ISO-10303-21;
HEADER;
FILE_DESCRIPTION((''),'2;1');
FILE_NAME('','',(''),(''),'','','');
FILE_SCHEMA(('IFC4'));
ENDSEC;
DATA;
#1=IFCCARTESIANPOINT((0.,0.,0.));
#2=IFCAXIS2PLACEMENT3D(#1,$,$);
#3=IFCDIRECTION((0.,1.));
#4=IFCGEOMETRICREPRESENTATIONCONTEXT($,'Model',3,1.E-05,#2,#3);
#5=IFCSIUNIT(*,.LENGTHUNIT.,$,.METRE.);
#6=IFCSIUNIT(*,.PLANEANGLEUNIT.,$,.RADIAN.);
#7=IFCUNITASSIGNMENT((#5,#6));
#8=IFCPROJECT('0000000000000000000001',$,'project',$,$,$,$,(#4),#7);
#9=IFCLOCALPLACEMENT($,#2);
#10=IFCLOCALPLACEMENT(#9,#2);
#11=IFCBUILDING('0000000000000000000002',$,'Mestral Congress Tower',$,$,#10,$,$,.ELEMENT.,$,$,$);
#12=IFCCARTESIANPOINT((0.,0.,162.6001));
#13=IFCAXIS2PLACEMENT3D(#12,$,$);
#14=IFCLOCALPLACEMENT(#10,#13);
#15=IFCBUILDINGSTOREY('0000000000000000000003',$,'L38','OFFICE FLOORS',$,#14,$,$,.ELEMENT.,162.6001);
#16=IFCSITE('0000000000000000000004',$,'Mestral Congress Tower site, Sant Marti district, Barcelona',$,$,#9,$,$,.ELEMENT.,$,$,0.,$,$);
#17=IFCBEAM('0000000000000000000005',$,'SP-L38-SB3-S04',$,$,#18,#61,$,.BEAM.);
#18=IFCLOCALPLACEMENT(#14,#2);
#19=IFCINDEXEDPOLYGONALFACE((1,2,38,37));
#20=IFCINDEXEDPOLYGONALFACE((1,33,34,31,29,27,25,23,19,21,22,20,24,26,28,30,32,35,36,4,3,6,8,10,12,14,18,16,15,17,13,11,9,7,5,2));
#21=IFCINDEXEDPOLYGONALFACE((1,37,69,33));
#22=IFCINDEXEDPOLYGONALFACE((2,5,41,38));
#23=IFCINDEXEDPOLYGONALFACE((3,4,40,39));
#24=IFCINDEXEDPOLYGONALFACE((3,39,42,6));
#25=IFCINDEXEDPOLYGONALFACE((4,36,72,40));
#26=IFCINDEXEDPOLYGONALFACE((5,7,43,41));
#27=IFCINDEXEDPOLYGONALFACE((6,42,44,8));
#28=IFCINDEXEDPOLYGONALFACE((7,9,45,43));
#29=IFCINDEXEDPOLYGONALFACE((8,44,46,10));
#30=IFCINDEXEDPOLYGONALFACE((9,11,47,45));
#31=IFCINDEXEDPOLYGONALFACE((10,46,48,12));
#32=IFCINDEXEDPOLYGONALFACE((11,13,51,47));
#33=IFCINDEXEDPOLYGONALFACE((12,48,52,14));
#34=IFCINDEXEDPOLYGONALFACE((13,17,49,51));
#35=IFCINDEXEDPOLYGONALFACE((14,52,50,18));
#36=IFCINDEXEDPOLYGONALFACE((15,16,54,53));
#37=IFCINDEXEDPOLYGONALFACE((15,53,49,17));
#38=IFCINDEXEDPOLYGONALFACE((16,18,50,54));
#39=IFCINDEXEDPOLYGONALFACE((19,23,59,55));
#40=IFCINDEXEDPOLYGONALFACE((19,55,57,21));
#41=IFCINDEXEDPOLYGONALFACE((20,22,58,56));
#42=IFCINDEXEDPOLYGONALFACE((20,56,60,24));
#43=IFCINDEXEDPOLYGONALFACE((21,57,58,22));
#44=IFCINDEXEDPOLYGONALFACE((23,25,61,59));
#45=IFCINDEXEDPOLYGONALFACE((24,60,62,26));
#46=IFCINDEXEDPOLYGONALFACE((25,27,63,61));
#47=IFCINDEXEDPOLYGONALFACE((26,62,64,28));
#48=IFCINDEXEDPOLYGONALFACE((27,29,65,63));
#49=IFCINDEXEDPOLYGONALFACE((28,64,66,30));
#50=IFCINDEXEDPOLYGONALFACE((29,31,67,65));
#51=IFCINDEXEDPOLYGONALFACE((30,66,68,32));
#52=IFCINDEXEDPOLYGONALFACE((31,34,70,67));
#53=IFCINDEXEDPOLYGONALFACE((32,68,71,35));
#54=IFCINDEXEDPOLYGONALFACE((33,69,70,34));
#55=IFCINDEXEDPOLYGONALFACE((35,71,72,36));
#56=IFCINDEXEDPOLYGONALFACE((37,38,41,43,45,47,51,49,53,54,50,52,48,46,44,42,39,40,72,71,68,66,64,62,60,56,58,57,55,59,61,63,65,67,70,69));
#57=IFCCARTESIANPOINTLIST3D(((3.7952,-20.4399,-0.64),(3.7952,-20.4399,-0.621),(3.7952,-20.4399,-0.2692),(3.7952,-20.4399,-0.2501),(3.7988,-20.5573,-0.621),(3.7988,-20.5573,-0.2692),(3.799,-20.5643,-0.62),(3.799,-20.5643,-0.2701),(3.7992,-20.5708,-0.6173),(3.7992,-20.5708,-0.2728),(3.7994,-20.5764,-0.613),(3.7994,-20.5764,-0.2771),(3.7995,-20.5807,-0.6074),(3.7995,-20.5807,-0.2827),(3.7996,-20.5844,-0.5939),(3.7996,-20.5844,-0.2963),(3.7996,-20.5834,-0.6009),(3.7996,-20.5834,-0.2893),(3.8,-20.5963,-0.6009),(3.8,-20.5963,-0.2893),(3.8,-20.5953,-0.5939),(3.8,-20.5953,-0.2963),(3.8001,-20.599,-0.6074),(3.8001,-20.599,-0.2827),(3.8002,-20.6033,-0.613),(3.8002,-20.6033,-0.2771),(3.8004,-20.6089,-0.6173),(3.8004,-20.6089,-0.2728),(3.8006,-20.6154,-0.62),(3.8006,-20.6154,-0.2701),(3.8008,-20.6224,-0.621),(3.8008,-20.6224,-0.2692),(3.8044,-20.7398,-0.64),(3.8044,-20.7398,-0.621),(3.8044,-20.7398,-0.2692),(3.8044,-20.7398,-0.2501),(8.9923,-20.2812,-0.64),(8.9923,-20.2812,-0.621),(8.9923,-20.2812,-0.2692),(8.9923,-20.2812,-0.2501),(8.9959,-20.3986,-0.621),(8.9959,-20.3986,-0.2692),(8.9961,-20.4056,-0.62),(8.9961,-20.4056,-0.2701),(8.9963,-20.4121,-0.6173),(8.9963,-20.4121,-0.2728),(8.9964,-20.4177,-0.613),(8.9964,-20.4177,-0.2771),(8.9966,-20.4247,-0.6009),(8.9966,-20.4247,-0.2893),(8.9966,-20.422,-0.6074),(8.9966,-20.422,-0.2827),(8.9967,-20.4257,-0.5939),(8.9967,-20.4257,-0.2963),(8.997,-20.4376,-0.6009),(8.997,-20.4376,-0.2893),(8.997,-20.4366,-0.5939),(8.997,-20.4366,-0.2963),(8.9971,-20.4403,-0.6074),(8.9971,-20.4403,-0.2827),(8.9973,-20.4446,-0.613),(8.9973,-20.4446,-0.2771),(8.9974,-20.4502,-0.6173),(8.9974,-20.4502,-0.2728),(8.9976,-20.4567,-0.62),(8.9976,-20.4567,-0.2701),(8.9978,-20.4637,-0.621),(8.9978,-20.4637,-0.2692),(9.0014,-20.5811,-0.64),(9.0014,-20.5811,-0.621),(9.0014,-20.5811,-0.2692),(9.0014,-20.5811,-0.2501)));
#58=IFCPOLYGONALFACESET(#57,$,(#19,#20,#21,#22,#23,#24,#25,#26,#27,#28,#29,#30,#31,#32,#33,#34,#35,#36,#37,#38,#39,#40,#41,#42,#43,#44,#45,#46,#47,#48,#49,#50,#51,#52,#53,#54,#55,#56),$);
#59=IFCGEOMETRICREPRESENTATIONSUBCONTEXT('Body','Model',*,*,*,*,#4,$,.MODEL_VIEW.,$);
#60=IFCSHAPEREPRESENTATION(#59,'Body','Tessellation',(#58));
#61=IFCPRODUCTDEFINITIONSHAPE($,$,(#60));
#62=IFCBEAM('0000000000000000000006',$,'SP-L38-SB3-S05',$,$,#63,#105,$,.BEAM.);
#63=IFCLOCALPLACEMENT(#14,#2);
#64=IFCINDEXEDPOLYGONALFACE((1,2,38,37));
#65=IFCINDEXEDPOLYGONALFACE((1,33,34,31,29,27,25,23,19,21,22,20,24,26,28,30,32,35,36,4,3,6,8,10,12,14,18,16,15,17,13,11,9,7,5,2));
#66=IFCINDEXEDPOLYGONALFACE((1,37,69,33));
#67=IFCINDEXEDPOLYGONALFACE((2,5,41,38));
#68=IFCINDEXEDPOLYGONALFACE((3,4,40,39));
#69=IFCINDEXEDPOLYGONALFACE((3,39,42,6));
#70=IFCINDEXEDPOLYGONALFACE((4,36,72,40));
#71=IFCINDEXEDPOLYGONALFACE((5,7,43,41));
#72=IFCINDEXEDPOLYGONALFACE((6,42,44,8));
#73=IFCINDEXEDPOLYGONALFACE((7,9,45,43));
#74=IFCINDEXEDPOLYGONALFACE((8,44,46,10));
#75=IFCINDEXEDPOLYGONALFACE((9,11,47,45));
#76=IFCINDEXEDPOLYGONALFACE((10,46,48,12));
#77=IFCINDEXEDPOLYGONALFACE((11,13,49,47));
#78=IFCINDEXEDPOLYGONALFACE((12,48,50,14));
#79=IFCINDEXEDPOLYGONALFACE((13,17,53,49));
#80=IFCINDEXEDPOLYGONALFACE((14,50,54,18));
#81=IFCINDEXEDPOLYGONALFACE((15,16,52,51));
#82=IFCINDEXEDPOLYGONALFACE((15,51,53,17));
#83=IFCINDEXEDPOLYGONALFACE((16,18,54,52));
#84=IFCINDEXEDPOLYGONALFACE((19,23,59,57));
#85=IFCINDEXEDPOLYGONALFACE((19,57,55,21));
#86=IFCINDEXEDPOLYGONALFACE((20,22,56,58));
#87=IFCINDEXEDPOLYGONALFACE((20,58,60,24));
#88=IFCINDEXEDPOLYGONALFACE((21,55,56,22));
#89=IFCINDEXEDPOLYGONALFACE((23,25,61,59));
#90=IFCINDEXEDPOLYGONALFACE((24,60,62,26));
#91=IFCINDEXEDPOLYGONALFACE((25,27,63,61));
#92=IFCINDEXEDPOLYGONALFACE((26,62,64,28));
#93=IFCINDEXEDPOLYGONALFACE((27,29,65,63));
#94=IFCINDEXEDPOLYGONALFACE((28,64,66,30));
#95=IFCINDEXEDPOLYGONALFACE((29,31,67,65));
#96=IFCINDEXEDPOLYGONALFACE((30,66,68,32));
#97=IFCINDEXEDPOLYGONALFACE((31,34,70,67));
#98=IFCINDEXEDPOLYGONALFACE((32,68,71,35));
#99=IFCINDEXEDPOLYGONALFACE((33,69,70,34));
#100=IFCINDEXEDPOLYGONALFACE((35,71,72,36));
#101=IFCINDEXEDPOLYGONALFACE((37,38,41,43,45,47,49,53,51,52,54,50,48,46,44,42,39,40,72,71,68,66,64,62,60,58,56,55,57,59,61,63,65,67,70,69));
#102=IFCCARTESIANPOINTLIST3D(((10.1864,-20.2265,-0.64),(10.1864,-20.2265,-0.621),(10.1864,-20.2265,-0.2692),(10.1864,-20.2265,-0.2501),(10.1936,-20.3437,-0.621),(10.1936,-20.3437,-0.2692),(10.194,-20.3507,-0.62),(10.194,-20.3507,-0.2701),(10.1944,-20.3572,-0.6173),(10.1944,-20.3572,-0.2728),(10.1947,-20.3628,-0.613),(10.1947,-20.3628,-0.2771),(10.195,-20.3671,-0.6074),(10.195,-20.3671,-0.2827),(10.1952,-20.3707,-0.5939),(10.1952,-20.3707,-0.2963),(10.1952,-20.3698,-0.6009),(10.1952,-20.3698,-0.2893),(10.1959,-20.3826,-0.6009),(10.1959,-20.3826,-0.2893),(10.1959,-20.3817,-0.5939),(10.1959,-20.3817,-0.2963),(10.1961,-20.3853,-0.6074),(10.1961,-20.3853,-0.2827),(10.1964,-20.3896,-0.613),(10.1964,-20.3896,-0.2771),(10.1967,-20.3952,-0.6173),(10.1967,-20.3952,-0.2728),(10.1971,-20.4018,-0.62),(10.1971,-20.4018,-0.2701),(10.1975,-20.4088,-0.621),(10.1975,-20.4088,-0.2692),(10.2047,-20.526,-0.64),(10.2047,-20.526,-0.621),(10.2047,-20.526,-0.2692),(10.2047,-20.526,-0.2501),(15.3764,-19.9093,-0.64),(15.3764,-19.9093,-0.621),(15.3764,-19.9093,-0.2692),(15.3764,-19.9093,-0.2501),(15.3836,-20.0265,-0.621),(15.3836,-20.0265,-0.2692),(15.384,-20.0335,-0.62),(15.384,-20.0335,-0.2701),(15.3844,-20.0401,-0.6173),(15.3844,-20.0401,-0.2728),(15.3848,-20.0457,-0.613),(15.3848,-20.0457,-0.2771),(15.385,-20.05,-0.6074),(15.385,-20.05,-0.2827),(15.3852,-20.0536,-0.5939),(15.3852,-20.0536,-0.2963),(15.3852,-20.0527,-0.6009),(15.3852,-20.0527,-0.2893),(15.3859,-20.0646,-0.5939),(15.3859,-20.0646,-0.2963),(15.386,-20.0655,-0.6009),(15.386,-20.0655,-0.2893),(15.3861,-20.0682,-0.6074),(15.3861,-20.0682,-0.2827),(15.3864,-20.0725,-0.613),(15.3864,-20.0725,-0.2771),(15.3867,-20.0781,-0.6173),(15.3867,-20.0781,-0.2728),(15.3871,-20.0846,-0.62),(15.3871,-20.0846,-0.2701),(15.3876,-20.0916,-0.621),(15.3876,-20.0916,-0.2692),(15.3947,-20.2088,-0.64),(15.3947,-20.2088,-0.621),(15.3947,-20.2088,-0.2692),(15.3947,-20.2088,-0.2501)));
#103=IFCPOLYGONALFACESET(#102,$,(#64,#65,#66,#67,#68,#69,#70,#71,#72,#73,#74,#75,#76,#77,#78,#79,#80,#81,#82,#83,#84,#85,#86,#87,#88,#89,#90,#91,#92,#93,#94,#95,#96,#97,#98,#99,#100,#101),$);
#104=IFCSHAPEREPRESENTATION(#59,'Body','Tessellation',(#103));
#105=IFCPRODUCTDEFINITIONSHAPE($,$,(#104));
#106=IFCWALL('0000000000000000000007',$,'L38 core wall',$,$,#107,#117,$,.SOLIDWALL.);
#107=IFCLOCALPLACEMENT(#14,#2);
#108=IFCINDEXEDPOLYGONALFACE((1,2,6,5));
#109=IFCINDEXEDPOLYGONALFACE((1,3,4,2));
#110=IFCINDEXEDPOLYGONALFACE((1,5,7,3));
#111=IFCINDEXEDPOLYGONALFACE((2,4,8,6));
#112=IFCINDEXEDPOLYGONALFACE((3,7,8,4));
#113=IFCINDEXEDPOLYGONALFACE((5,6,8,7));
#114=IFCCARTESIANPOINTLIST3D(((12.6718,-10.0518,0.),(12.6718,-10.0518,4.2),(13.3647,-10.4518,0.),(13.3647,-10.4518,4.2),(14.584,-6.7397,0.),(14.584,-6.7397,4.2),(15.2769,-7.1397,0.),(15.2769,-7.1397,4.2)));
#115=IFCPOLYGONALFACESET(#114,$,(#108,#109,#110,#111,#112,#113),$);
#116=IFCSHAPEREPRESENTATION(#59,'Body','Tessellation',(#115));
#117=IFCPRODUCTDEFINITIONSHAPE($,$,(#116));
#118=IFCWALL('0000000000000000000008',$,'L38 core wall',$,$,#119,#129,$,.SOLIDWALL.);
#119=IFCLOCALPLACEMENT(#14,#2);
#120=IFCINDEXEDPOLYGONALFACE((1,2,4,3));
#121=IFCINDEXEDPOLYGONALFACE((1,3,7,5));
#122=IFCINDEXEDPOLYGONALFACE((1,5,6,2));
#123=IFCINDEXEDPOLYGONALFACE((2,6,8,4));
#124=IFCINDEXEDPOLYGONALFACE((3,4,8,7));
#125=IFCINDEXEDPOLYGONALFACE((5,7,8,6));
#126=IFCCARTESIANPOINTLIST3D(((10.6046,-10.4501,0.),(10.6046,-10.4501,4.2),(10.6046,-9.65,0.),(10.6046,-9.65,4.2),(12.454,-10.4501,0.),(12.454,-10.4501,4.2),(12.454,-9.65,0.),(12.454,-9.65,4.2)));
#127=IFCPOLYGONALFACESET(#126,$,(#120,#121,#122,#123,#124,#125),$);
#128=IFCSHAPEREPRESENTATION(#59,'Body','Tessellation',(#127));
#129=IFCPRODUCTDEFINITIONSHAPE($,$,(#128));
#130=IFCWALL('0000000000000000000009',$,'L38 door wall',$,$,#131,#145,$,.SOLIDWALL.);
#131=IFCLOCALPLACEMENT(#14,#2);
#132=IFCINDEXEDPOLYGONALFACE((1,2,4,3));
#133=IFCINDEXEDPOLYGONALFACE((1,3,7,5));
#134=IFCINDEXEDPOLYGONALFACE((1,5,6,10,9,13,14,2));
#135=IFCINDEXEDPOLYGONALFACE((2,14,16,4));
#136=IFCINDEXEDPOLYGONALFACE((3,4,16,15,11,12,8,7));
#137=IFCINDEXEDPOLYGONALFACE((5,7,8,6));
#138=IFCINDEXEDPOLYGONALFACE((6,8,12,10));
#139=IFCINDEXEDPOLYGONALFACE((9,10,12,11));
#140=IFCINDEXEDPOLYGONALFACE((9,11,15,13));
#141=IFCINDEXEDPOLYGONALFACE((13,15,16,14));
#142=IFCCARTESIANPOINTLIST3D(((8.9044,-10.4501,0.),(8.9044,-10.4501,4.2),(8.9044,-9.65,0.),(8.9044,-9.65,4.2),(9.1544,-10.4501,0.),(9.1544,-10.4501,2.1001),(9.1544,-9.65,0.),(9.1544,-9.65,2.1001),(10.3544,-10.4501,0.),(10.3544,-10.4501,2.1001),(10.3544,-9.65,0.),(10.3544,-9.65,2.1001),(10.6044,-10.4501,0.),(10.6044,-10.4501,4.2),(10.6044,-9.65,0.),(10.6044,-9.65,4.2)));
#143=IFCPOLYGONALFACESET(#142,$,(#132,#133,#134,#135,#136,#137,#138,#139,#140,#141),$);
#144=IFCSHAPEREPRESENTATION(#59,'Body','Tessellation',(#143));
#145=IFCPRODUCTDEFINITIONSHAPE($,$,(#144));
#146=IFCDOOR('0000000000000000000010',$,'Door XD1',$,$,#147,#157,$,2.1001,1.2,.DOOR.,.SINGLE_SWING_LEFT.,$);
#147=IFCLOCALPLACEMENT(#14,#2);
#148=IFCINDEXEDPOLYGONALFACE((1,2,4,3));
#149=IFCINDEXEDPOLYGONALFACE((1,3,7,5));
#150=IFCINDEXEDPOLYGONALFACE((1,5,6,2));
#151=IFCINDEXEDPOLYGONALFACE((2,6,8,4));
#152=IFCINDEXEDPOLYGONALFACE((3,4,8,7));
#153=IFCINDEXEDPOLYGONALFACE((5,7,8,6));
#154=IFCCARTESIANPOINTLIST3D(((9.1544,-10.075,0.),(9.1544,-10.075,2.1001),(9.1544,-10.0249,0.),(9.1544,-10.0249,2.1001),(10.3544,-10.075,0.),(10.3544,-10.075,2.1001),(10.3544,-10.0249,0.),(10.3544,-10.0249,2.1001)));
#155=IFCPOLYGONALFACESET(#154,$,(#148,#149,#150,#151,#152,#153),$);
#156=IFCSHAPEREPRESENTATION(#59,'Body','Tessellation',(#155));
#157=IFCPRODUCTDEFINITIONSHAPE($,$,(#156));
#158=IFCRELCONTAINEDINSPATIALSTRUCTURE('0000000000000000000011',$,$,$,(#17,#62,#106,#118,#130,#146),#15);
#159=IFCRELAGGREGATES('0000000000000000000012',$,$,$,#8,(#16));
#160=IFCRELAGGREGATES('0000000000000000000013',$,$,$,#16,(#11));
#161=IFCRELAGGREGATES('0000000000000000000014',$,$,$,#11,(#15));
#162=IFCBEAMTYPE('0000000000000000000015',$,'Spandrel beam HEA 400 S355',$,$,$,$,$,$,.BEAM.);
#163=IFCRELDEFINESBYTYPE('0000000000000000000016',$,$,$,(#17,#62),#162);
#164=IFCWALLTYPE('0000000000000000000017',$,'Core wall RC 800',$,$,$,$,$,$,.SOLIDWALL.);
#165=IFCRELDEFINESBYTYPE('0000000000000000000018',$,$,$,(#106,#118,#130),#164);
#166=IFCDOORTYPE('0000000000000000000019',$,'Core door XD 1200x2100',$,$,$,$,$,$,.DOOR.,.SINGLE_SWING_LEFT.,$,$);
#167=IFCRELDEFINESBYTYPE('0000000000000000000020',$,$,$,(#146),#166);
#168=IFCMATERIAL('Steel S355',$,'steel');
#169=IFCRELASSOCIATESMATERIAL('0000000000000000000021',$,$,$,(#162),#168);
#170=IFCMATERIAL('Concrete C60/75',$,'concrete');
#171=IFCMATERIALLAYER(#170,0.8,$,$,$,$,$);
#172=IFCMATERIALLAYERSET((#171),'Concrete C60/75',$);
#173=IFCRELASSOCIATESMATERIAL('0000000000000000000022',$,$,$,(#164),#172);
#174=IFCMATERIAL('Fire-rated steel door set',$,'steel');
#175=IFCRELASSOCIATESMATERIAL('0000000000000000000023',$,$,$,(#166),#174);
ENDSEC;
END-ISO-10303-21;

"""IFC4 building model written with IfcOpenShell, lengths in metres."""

from ifc_helpers import new_model, si_unit, direction, frame, frame_2d, origin, origin_2d, place, context, subcontext, project, spatial, rectangle, i_section, extrude, material, layer, layer_set, material_profile, profile_set, type_object, element, fill, save


model = new_model("IFC4")

# Units and contexts
model_context = context("Model", 3, precision=1e-05, world=origin(), true_north=direction((0.0, 1.0)))
body_context = subcontext(model_context, "Body", "Model", "MODEL_VIEW")
ifc_project = project(units=[si_unit("LENGTHUNIT", "METRE"), si_unit("PLANEANGLEUNIT", "RADIAN")], contexts=[model_context])

# Site, building, storey
site_placement = place(None, origin())
site = spatial("IfcSite", under=ifc_project, at=site_placement, Name="Mestral Congress Tower site, Sant Marti district, Barcelona", CompositionType="ELEMENT", RefElevation=0.0)
building_placement = place(site_placement, origin())
building = spatial("IfcBuilding", under=site, at=building_placement, Name="Mestral Congress Tower", CompositionType="ELEMENT")
storey_placement = place(building_placement, frame((0.0, 0.0, 162.6001)))
storey = spatial("IfcBuildingStorey", under=building, at=storey_placement, Name="L38", Description="OFFICE FLOORS", CompositionType="ELEMENT", Elevation=162.6001)

# Shared definitions
ifc_material_1 = material(Name="Concrete C60/75", Category="concrete")

# Beams
ifc_material_2 = material(Name="Steel S355", Category="steel")
ifc_material_profile_1 = material_profile(ifc_material_2, i_section(OverallWidth=0.3, OverallDepth=0.3899, WebThickness=0.011, FlangeThickness=0.019, FilletRadius=0.0271, at=origin_2d()), Name="HEA 400")
ifc_profile_set_1 = profile_set([ifc_material_profile_1], Name="Steel S355")
beam_type_1 = type_object("IfcBeamType", Name="Spandrel beam HEA 400 S355", PredefinedType="BEAM", material=ifc_profile_set_1)
beam_1_placement = place(storey_placement, frame((3.7998, -20.5898, -0.4451), z_axis=(0.999534, 0.030521, 0.0), x_axis=(-0.030521, 0.999534, 0.0)))
element("IfcBeam", 1, at=beam_1_placement, inside=storey, type_object=beam_type_1, Name="SP-L38-SB3-S04", PredefinedType="BEAM", context=body_context, shape_type="SweptSolid", body=[
    extrude(i_section(OverallWidth=0.3, OverallDepth=0.3899, WebThickness=0.011, FlangeThickness=0.019, FilletRadius=0.0271, at=origin_2d()), origin(), (0.0, 0.0, 1.0), 5.1995),
])
beam_2_placement = place(storey_placement, frame((10.1956, -20.3762, -0.4451), z_axis=(0.998138, 0.060993, 0.0), x_axis=(-0.060993, 0.998138, 0.0)))
element("IfcBeam", 2, at=beam_2_placement, inside=storey, type_object=beam_type_1, Name="SP-L38-SB3-S05", PredefinedType="BEAM", context=body_context, shape_type="SweptSolid", body=[
    extrude(i_section(OverallWidth=0.3, OverallDepth=0.3899, WebThickness=0.011, FlangeThickness=0.019, FilletRadius=0.0271, at=origin_2d()), origin(), (0.0, 0.0, 1.0), 5.1997),
])

# Walls
ifc_layer_1 = layer(ifc_material_1, 0.8)
ifc_layer_set_1 = layer_set([ifc_layer_1], Name="Concrete C60/75")
wall_type_1 = type_object("IfcWallType", Name="Core wall RC 800", PredefinedType="SOLIDWALL", material=ifc_layer_set_1)
wall_1_placement = place(storey_placement, frame((13.0183, -10.2517, 0.0), z_axis=(0.0, 0.0, 1.0), x_axis=(0.499984, 0.866035, 0.0)))
element("IfcWall", 3, at=wall_1_placement, inside=storey, type_object=wall_type_1, Name="L38 core wall", PredefinedType="SOLIDWALL", context=body_context, shape_type="SweptSolid", body=[
    extrude(rectangle(XDim=3.8245, YDim=0.8, at=frame_2d((1.9121, 0.0))), origin(), (0.0, 0.0, 1.0), 4.2),
])
wall_2_placement = place(storey_placement, frame((10.6045, -10.05, 0.0), z_axis=(0.0, 0.0, 1.0), x_axis=(1.0, 0.0, 0.0)))
element("IfcWall", 4, at=wall_2_placement, inside=storey, type_object=wall_type_1, Name="L38 core wall", PredefinedType="SOLIDWALL", context=body_context, shape_type="SweptSolid", body=[
    extrude(rectangle(XDim=1.8494, YDim=0.8, at=frame_2d((0.9248, 0.0))), origin(), (0.0, 0.0, 1.0), 4.2),
])

# Wall, opening, door
wall_3_placement = place(storey_placement, frame((10.6045, -10.05, 0.0), z_axis=(0.0, 0.0, 1.0), x_axis=(-1.0, 0.0, 0.0)))
wall_3 = element("IfcWall", 5, at=wall_3_placement, inside=storey, type_object=wall_type_1, Name="L38 door wall", PredefinedType="SOLIDWALL", context=body_context, shape_type="SweptSolid", body=[
    extrude(rectangle(XDim=1.7, YDim=0.8, at=frame_2d((0.8501, 0.0))), origin(), (0.0, 0.0, 1.0), 4.2),
])
opening_1_placement = place(wall_3_placement, frame((0.25, 0.0, 0.0)))
opening_1 = element("IfcOpeningElement", 6, at=opening_1_placement, cuts=wall_3, PredefinedType="OPENING", context=body_context, shape_type="SweptSolid", body=[
    extrude(rectangle(XDim=1.2, YDim=2.1001, at=frame_2d((0.6001, 1.05))), frame((0.0, 0.4099, 0.0), z_axis=(0.0, -1.0, 0.0), x_axis=(1.0, 0.0, 0.0)), (0.0, 0.0, 1.0), 0.8201),
])
ifc_material_3 = material(Name="Fire-rated steel door set", Category="steel")
door_type_1 = type_object("IfcDoorType", Name="Core door XD 1200x2100", OperationType="SINGLE_SWING_LEFT", PredefinedType="DOOR", material=ifc_material_3)
door_1_placement = place(opening_1_placement, origin())
door_1 = element("IfcDoor", 7, at=door_1_placement, inside=storey, type_object=door_type_1, Name="Door XD1", OperationType="SINGLE_SWING_LEFT", OverallHeight=2.1001, OverallWidth=1.2, PredefinedType="DOOR", context=body_context, shape_type="SweptSolid", body=[
    extrude(rectangle(XDim=1.2, YDim=2.1001, at=frame_2d((0.6001, 1.05))), frame((0.0, 0.0249, 0.0), z_axis=(0.0, -1.0, 0.0), x_axis=(1.0, 0.0, 0.0)), (0.0, 0.0, 1.0), 0.05),
])
fill(opening_1, door_1)

save(model, "model.ifc")
